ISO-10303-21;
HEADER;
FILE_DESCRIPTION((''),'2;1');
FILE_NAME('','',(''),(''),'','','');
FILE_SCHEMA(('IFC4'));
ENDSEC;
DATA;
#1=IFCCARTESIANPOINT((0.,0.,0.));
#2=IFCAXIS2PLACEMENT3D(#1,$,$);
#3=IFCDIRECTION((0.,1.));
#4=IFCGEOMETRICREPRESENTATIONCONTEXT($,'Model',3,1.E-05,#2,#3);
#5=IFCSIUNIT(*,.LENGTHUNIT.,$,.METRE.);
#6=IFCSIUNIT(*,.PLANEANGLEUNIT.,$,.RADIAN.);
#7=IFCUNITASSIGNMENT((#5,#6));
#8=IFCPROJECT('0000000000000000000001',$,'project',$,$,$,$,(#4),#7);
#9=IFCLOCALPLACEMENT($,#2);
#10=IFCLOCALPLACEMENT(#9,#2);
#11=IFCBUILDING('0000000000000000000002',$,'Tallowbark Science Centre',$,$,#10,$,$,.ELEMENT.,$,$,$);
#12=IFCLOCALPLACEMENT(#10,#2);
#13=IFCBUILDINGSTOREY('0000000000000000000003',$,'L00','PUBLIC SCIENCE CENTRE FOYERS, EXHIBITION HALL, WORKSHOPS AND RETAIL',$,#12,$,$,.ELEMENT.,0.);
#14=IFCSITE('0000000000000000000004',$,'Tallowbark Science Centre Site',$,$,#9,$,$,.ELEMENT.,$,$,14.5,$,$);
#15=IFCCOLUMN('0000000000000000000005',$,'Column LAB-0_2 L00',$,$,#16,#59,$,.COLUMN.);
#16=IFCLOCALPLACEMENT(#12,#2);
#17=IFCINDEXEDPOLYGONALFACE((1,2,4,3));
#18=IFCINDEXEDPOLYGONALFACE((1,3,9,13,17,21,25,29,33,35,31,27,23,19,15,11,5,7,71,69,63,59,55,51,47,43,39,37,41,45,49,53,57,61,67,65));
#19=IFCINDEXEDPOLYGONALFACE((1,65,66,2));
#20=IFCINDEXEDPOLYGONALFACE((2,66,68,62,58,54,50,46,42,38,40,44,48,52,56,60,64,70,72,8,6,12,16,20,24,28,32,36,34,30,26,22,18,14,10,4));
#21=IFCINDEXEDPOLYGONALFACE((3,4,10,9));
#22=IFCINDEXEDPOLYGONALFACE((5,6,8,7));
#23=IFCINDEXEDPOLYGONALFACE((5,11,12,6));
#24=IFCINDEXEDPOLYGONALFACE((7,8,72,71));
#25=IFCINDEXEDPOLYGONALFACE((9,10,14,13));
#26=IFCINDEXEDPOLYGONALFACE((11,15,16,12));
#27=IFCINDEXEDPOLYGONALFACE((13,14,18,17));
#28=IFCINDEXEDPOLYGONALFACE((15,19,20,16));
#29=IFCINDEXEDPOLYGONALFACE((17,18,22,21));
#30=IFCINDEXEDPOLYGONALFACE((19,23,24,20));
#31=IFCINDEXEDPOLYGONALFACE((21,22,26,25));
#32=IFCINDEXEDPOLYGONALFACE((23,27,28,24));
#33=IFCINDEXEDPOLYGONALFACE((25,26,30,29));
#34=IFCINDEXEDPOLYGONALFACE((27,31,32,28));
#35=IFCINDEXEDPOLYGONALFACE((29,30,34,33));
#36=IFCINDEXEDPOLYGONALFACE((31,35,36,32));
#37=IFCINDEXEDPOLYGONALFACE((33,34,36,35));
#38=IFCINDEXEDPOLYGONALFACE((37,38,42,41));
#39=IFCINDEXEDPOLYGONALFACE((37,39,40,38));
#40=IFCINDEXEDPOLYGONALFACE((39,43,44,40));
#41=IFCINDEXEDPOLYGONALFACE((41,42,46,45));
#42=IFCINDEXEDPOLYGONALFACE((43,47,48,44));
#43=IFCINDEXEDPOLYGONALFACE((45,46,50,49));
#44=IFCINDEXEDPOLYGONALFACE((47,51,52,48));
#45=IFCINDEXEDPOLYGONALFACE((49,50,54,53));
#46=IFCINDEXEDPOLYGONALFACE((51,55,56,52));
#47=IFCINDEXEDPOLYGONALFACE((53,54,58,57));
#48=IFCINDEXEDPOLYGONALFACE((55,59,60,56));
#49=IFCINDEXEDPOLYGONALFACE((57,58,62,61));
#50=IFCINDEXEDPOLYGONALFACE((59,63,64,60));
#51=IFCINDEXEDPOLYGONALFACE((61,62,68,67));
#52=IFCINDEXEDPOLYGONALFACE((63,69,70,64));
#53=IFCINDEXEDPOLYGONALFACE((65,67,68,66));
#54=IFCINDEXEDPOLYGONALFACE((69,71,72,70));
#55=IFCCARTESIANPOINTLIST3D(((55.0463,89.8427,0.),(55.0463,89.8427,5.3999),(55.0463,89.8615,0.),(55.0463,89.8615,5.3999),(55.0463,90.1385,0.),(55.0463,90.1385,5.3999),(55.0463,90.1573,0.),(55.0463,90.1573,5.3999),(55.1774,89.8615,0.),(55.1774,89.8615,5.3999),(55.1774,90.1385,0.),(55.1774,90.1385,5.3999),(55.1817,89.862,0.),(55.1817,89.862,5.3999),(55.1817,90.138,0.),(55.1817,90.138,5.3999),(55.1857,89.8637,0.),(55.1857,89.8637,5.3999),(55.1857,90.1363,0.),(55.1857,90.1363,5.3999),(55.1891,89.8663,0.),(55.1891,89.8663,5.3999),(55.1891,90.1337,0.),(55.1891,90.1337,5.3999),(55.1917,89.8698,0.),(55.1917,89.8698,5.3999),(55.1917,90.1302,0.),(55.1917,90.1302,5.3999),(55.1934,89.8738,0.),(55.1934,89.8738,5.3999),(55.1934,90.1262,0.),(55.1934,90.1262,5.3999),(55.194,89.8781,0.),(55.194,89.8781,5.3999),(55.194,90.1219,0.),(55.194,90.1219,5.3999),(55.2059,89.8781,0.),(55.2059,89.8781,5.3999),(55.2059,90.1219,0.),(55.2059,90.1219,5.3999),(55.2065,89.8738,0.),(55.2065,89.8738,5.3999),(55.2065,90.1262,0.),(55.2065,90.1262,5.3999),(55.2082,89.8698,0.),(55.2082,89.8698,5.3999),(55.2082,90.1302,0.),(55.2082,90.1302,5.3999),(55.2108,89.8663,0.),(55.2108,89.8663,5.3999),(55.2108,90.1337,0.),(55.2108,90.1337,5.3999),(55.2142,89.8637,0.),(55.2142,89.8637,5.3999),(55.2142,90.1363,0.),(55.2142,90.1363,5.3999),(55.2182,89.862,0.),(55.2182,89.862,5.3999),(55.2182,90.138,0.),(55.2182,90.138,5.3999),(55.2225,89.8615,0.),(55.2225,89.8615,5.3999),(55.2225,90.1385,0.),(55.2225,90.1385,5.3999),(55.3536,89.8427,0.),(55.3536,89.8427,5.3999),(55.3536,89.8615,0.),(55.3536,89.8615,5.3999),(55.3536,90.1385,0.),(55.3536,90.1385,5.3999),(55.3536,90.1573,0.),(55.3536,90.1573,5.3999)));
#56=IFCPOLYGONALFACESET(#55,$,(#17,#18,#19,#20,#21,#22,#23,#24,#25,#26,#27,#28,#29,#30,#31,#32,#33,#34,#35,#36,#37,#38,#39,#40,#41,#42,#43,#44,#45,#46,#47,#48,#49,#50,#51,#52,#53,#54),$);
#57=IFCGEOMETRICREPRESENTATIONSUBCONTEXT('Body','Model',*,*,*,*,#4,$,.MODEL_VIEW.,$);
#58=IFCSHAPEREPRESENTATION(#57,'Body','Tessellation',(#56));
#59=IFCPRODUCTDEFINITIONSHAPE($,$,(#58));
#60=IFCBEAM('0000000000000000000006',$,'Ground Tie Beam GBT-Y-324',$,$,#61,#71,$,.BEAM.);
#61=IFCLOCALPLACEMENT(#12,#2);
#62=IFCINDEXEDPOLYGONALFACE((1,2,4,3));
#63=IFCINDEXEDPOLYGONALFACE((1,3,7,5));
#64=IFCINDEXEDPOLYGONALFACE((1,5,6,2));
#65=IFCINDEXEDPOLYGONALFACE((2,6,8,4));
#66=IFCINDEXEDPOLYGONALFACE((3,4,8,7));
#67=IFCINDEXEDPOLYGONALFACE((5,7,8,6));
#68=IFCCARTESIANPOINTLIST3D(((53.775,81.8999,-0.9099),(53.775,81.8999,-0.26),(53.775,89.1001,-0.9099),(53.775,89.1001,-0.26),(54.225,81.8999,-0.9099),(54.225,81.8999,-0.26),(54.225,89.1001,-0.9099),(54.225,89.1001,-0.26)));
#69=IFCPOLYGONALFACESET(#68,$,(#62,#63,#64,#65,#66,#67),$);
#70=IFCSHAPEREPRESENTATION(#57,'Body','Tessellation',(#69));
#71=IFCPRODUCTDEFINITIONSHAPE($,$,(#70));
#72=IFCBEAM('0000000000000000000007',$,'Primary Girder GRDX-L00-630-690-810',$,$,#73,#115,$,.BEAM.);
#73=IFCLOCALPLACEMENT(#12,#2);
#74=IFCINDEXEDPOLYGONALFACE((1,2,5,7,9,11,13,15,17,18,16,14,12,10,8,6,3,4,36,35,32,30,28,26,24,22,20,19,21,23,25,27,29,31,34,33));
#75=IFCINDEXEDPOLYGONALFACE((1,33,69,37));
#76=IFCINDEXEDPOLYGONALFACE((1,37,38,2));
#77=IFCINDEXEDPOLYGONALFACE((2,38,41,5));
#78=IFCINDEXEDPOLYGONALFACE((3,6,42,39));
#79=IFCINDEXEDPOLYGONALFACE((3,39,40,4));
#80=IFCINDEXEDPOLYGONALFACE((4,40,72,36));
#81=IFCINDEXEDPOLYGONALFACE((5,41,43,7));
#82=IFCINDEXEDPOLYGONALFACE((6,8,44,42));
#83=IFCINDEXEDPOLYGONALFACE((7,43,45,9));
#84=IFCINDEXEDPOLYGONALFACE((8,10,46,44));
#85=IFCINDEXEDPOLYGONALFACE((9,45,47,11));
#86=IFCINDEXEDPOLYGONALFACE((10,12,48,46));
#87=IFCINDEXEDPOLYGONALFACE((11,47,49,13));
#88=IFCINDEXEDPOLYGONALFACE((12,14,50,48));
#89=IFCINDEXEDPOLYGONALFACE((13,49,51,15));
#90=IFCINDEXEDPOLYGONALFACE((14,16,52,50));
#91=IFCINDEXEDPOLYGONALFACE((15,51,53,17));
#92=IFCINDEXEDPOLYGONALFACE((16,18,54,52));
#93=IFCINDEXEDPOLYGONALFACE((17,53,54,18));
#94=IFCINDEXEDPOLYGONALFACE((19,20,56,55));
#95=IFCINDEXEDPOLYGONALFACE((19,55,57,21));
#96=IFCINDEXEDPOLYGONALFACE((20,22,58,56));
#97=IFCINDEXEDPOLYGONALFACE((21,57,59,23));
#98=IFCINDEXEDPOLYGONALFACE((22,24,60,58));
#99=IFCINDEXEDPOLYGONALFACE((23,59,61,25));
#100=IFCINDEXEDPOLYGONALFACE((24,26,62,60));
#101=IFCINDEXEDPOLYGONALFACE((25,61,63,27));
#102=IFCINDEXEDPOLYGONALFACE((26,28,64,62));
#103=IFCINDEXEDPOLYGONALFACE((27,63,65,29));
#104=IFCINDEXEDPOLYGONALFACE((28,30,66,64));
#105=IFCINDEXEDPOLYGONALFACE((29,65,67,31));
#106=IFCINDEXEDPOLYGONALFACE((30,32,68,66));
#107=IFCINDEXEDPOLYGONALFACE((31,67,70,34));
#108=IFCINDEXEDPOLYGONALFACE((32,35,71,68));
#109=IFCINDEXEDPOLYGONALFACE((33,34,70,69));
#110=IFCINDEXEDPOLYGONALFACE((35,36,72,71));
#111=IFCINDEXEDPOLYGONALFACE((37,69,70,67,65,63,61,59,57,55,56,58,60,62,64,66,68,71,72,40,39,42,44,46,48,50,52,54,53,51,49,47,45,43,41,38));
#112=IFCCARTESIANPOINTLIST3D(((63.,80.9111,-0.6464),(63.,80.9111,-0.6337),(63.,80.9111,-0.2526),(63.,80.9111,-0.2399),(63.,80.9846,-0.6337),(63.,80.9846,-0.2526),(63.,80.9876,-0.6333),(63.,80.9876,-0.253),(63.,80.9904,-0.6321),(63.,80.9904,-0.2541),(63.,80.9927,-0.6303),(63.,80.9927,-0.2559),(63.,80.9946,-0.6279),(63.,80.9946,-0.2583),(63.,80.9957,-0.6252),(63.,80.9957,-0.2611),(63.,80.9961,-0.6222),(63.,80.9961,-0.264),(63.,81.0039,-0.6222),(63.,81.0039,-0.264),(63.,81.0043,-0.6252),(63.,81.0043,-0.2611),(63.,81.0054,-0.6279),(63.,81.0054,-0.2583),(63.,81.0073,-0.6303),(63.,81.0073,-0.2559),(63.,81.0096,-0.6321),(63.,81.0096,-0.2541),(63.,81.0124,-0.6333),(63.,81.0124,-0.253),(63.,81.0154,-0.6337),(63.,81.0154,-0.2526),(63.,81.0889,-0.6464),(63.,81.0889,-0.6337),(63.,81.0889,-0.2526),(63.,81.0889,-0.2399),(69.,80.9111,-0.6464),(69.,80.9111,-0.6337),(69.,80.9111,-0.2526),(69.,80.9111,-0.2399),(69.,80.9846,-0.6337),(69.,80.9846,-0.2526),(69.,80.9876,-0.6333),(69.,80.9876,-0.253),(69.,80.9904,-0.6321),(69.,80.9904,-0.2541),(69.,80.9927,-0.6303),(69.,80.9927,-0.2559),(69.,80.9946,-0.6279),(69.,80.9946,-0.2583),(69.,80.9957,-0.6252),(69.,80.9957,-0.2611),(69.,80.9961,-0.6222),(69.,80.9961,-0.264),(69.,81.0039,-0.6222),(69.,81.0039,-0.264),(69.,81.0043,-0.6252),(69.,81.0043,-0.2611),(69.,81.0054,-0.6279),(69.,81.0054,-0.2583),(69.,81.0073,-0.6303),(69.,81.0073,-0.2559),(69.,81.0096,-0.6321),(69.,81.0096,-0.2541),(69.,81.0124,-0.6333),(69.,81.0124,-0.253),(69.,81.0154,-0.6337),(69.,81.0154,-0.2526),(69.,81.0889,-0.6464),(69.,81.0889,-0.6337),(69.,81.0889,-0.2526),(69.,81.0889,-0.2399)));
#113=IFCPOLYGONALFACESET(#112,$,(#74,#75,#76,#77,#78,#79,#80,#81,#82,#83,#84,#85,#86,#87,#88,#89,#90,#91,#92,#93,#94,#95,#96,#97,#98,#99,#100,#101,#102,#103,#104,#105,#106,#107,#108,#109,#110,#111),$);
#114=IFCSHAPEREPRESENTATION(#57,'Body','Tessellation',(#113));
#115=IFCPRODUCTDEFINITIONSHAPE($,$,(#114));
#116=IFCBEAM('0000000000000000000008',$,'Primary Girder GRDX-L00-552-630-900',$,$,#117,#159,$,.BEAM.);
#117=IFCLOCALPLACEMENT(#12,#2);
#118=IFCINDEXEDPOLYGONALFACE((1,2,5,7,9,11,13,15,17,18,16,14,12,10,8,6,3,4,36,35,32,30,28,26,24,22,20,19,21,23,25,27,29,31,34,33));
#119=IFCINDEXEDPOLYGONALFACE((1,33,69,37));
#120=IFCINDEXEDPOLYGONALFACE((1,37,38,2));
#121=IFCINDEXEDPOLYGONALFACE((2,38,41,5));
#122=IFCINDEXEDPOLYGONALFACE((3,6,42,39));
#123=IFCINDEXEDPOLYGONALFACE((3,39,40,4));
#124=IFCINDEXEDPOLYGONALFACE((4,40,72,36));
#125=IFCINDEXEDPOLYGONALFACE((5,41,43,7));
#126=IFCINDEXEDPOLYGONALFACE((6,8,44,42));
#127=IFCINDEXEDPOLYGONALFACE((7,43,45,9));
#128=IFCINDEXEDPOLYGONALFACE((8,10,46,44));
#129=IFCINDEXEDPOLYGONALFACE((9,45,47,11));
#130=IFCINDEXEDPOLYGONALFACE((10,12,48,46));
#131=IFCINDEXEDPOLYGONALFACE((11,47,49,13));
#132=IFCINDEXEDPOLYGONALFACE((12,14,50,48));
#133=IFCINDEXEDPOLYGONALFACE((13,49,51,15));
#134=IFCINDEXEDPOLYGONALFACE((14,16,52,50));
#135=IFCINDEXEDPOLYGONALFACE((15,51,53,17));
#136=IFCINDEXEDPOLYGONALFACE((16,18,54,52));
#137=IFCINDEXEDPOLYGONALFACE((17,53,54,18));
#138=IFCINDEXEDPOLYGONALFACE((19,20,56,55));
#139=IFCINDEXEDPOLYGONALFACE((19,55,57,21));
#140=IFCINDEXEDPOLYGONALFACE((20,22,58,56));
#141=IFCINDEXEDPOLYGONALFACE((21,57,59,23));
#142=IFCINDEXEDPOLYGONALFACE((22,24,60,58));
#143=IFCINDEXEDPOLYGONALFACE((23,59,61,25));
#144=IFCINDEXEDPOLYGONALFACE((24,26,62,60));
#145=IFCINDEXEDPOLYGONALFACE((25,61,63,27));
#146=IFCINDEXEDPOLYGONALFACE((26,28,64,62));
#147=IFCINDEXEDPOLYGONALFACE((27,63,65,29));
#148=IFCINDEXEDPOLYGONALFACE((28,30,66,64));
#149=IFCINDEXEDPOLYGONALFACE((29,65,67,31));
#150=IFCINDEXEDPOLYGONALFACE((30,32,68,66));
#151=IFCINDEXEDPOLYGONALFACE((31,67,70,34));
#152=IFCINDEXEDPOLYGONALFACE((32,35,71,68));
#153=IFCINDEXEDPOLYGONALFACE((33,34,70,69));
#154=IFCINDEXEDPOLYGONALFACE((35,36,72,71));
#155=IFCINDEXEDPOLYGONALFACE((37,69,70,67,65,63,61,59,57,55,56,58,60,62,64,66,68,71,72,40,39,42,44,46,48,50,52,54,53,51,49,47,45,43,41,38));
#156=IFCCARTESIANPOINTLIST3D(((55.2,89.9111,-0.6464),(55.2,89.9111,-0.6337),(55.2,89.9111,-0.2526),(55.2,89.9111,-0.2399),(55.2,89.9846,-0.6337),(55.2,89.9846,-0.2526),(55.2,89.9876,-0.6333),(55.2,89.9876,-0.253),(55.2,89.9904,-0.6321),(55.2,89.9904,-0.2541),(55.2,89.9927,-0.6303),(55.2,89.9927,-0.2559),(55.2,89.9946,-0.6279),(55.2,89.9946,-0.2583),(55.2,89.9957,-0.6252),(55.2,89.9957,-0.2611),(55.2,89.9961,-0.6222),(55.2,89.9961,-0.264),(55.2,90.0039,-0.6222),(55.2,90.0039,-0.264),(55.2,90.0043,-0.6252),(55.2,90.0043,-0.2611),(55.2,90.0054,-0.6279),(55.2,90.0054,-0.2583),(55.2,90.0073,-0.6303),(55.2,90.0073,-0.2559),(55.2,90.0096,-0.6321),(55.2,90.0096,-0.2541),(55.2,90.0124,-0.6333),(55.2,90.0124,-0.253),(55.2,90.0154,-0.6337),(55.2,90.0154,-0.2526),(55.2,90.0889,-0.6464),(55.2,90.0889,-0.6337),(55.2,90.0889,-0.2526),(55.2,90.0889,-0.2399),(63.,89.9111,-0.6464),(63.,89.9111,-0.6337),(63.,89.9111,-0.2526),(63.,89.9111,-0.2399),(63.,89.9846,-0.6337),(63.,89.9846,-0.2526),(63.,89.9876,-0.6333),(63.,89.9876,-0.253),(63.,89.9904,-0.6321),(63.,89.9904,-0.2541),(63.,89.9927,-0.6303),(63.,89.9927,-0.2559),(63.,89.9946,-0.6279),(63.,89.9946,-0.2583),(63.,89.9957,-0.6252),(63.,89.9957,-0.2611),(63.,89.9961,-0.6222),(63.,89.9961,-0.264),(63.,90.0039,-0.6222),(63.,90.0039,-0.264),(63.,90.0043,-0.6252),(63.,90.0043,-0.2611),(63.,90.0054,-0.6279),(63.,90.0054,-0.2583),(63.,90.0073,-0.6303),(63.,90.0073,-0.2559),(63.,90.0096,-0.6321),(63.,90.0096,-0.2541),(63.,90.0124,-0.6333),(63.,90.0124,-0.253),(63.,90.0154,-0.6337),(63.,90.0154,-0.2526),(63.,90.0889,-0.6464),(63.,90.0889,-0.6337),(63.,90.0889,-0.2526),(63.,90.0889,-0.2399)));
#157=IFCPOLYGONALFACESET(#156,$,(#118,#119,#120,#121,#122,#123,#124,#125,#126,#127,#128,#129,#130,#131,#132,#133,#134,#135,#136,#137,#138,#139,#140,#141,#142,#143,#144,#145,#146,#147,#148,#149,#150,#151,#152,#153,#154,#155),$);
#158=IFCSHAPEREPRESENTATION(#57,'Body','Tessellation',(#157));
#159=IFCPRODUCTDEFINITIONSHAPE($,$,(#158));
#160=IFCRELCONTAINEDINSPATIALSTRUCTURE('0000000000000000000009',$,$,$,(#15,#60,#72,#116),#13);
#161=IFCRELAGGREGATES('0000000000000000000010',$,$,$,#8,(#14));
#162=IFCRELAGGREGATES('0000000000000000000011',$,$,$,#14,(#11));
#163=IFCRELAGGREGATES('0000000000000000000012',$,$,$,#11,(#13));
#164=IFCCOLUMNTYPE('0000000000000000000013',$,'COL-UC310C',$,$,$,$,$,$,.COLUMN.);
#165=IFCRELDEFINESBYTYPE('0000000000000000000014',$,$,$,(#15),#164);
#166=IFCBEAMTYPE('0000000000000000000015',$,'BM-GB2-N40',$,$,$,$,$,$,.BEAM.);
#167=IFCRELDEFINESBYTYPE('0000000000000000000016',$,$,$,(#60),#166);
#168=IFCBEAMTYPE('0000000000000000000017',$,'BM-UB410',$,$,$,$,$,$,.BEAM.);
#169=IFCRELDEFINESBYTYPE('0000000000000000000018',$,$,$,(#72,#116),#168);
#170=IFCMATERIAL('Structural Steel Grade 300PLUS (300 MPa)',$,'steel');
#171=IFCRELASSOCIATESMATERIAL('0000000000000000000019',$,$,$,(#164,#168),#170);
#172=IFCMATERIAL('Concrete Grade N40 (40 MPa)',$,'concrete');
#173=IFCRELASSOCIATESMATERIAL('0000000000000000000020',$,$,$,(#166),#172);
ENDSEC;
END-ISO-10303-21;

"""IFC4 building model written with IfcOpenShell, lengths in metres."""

from ifc_helpers import new_model, si_unit, direction, frame, origin, origin_2d, place, context, subcontext, project, spatial, rectangle, i_section, extrude, material, material_profile, profile_set, type_object, element, save


model = new_model("IFC4")

# Units and contexts
model_context = context("Model", 3, precision=1e-05, world=origin(), true_north=direction((0.0, 1.0)))
body_context = subcontext(model_context, "Body", "Model", "MODEL_VIEW")
ifc_project = project(units=[si_unit("LENGTHUNIT", "METRE"), si_unit("PLANEANGLEUNIT", "RADIAN")], contexts=[model_context])

# Site, building, storey
site_placement = place(None, origin())
site = spatial("IfcSite", under=ifc_project, at=site_placement, Name="Tallowbark Science Centre Site", CompositionType="ELEMENT", RefElevation=14.5)
building_placement = place(site_placement, origin())
building = spatial("IfcBuilding", under=site, at=building_placement, Name="Tallowbark Science Centre", CompositionType="ELEMENT")
storey_placement = place(building_placement, origin())
storey = spatial("IfcBuildingStorey", under=building, at=storey_placement, Name="L00", Description="PUBLIC SCIENCE CENTRE FOYERS, EXHIBITION HALL, WORKSHOPS AND RETAIL", CompositionType="ELEMENT", Elevation=0.0)

# Shared definitions
ifc_material_1 = material(Name="Concrete Grade N40 (40 MPa)", Category="concrete")

# Column
ifc_material_2 = material(Name="Structural Steel Grade 300PLUS (300 MPa)", Category="steel")
ifc_material_profile_1 = material_profile(ifc_material_2, i_section(OverallWidth=0.3074, OverallDepth=0.3147, WebThickness=0.012, FlangeThickness=0.0188, FilletRadius=0.0166, at=origin_2d()), Name="310UC118")
ifc_profile_set_1 = profile_set([ifc_material_profile_1], Name="Structural Steel Grade 300PLUS (300 MPa)")
column_type_1 = type_object("IfcColumnType", Name="COL-UC310C", PredefinedType="COLUMN", material=ifc_profile_set_1)
column_1_placement = place(storey_placement, frame((55.2, 90.0, 0.0), z_axis=(0.0, 0.0, 1.0), x_axis=(1.0, 0.0, 0.0)))
element("IfcColumn", 1, at=column_1_placement, inside=storey, type_object=column_type_1, Name="Column LAB-0_2 L00", PredefinedType="COLUMN", context=body_context, shape_type="SweptSolid", body=[
    extrude(i_section(OverallWidth=0.3074, OverallDepth=0.3147, WebThickness=0.012, FlangeThickness=0.0188, FilletRadius=0.0166, at=origin_2d()), origin(), (0.0, 0.0, 1.0), 5.3999),
])

# Beams
ifc_material_profile_2 = material_profile(ifc_material_1, rectangle(XDim=0.45, YDim=0.6499, at=origin_2d()), Name="RC450x650")
ifc_profile_set_2 = profile_set([ifc_material_profile_2], Name="Concrete Grade N40 (40 MPa)")
beam_type_1 = type_object("IfcBeamType", Name="BM-GB2-N40", PredefinedType="BEAM", material=ifc_profile_set_2)
beam_1_placement = place(storey_placement, frame((54.0, 81.8999, -0.585), z_axis=(0.0, 1.0, 0.0), x_axis=(-1.0, 0.0, 0.0)))
element("IfcBeam", 2, at=beam_1_placement, inside=storey, type_object=beam_type_1, Name="Ground Tie Beam GBT-Y-324", PredefinedType="BEAM", context=body_context, shape_type="SweptSolid", body=[
    extrude(rectangle(XDim=0.45, YDim=0.6499, at=origin_2d()), origin(), (0.0, 0.0, 1.0), 7.2002),
])
ifc_material_profile_3 = material_profile(ifc_material_2, i_section(OverallWidth=0.1777, OverallDepth=0.4065, WebThickness=0.0078, FlangeThickness=0.0127, FilletRadius=0.0115, at=origin_2d()), Name="410UB59.7")
ifc_profile_set_3 = profile_set([ifc_material_profile_3], Name="Structural Steel Grade 300PLUS (300 MPa)")
beam_type_2 = type_object("IfcBeamType", Name="BM-UB410", PredefinedType="BEAM", material=ifc_profile_set_3)
beam_2_placement = place(storey_placement, frame((63.0, 81.0, -0.4431), z_axis=(1.0, 0.0, 0.0), x_axis=(0.0, 1.0, 0.0)))
element("IfcBeam", 3, at=beam_2_placement, inside=storey, type_object=beam_type_2, Name="Primary Girder GRDX-L00-630-690-810", PredefinedType="BEAM", context=body_context, shape_type="SweptSolid", body=[
    extrude(i_section(OverallWidth=0.1777, OverallDepth=0.4065, WebThickness=0.0078, FlangeThickness=0.0127, FilletRadius=0.0115, at=origin_2d()), origin(), (0.0, 0.0, 1.0), 6.0),
])
beam_3_placement = place(storey_placement, frame((55.2, 90.0, -0.4431), z_axis=(1.0, 0.0, 0.0), x_axis=(0.0, 1.0, 0.0)))
element("IfcBeam", 4, at=beam_3_placement, inside=storey, type_object=beam_type_2, Name="Primary Girder GRDX-L00-552-630-900", PredefinedType="BEAM", context=body_context, shape_type="SweptSolid", body=[
    extrude(i_section(OverallWidth=0.1777, OverallDepth=0.4065, WebThickness=0.0078, FlangeThickness=0.0127, FilletRadius=0.0115, at=origin_2d()), origin(), (0.0, 0.0, 1.0), 7.8),
])

save(model, "model.ifc")
